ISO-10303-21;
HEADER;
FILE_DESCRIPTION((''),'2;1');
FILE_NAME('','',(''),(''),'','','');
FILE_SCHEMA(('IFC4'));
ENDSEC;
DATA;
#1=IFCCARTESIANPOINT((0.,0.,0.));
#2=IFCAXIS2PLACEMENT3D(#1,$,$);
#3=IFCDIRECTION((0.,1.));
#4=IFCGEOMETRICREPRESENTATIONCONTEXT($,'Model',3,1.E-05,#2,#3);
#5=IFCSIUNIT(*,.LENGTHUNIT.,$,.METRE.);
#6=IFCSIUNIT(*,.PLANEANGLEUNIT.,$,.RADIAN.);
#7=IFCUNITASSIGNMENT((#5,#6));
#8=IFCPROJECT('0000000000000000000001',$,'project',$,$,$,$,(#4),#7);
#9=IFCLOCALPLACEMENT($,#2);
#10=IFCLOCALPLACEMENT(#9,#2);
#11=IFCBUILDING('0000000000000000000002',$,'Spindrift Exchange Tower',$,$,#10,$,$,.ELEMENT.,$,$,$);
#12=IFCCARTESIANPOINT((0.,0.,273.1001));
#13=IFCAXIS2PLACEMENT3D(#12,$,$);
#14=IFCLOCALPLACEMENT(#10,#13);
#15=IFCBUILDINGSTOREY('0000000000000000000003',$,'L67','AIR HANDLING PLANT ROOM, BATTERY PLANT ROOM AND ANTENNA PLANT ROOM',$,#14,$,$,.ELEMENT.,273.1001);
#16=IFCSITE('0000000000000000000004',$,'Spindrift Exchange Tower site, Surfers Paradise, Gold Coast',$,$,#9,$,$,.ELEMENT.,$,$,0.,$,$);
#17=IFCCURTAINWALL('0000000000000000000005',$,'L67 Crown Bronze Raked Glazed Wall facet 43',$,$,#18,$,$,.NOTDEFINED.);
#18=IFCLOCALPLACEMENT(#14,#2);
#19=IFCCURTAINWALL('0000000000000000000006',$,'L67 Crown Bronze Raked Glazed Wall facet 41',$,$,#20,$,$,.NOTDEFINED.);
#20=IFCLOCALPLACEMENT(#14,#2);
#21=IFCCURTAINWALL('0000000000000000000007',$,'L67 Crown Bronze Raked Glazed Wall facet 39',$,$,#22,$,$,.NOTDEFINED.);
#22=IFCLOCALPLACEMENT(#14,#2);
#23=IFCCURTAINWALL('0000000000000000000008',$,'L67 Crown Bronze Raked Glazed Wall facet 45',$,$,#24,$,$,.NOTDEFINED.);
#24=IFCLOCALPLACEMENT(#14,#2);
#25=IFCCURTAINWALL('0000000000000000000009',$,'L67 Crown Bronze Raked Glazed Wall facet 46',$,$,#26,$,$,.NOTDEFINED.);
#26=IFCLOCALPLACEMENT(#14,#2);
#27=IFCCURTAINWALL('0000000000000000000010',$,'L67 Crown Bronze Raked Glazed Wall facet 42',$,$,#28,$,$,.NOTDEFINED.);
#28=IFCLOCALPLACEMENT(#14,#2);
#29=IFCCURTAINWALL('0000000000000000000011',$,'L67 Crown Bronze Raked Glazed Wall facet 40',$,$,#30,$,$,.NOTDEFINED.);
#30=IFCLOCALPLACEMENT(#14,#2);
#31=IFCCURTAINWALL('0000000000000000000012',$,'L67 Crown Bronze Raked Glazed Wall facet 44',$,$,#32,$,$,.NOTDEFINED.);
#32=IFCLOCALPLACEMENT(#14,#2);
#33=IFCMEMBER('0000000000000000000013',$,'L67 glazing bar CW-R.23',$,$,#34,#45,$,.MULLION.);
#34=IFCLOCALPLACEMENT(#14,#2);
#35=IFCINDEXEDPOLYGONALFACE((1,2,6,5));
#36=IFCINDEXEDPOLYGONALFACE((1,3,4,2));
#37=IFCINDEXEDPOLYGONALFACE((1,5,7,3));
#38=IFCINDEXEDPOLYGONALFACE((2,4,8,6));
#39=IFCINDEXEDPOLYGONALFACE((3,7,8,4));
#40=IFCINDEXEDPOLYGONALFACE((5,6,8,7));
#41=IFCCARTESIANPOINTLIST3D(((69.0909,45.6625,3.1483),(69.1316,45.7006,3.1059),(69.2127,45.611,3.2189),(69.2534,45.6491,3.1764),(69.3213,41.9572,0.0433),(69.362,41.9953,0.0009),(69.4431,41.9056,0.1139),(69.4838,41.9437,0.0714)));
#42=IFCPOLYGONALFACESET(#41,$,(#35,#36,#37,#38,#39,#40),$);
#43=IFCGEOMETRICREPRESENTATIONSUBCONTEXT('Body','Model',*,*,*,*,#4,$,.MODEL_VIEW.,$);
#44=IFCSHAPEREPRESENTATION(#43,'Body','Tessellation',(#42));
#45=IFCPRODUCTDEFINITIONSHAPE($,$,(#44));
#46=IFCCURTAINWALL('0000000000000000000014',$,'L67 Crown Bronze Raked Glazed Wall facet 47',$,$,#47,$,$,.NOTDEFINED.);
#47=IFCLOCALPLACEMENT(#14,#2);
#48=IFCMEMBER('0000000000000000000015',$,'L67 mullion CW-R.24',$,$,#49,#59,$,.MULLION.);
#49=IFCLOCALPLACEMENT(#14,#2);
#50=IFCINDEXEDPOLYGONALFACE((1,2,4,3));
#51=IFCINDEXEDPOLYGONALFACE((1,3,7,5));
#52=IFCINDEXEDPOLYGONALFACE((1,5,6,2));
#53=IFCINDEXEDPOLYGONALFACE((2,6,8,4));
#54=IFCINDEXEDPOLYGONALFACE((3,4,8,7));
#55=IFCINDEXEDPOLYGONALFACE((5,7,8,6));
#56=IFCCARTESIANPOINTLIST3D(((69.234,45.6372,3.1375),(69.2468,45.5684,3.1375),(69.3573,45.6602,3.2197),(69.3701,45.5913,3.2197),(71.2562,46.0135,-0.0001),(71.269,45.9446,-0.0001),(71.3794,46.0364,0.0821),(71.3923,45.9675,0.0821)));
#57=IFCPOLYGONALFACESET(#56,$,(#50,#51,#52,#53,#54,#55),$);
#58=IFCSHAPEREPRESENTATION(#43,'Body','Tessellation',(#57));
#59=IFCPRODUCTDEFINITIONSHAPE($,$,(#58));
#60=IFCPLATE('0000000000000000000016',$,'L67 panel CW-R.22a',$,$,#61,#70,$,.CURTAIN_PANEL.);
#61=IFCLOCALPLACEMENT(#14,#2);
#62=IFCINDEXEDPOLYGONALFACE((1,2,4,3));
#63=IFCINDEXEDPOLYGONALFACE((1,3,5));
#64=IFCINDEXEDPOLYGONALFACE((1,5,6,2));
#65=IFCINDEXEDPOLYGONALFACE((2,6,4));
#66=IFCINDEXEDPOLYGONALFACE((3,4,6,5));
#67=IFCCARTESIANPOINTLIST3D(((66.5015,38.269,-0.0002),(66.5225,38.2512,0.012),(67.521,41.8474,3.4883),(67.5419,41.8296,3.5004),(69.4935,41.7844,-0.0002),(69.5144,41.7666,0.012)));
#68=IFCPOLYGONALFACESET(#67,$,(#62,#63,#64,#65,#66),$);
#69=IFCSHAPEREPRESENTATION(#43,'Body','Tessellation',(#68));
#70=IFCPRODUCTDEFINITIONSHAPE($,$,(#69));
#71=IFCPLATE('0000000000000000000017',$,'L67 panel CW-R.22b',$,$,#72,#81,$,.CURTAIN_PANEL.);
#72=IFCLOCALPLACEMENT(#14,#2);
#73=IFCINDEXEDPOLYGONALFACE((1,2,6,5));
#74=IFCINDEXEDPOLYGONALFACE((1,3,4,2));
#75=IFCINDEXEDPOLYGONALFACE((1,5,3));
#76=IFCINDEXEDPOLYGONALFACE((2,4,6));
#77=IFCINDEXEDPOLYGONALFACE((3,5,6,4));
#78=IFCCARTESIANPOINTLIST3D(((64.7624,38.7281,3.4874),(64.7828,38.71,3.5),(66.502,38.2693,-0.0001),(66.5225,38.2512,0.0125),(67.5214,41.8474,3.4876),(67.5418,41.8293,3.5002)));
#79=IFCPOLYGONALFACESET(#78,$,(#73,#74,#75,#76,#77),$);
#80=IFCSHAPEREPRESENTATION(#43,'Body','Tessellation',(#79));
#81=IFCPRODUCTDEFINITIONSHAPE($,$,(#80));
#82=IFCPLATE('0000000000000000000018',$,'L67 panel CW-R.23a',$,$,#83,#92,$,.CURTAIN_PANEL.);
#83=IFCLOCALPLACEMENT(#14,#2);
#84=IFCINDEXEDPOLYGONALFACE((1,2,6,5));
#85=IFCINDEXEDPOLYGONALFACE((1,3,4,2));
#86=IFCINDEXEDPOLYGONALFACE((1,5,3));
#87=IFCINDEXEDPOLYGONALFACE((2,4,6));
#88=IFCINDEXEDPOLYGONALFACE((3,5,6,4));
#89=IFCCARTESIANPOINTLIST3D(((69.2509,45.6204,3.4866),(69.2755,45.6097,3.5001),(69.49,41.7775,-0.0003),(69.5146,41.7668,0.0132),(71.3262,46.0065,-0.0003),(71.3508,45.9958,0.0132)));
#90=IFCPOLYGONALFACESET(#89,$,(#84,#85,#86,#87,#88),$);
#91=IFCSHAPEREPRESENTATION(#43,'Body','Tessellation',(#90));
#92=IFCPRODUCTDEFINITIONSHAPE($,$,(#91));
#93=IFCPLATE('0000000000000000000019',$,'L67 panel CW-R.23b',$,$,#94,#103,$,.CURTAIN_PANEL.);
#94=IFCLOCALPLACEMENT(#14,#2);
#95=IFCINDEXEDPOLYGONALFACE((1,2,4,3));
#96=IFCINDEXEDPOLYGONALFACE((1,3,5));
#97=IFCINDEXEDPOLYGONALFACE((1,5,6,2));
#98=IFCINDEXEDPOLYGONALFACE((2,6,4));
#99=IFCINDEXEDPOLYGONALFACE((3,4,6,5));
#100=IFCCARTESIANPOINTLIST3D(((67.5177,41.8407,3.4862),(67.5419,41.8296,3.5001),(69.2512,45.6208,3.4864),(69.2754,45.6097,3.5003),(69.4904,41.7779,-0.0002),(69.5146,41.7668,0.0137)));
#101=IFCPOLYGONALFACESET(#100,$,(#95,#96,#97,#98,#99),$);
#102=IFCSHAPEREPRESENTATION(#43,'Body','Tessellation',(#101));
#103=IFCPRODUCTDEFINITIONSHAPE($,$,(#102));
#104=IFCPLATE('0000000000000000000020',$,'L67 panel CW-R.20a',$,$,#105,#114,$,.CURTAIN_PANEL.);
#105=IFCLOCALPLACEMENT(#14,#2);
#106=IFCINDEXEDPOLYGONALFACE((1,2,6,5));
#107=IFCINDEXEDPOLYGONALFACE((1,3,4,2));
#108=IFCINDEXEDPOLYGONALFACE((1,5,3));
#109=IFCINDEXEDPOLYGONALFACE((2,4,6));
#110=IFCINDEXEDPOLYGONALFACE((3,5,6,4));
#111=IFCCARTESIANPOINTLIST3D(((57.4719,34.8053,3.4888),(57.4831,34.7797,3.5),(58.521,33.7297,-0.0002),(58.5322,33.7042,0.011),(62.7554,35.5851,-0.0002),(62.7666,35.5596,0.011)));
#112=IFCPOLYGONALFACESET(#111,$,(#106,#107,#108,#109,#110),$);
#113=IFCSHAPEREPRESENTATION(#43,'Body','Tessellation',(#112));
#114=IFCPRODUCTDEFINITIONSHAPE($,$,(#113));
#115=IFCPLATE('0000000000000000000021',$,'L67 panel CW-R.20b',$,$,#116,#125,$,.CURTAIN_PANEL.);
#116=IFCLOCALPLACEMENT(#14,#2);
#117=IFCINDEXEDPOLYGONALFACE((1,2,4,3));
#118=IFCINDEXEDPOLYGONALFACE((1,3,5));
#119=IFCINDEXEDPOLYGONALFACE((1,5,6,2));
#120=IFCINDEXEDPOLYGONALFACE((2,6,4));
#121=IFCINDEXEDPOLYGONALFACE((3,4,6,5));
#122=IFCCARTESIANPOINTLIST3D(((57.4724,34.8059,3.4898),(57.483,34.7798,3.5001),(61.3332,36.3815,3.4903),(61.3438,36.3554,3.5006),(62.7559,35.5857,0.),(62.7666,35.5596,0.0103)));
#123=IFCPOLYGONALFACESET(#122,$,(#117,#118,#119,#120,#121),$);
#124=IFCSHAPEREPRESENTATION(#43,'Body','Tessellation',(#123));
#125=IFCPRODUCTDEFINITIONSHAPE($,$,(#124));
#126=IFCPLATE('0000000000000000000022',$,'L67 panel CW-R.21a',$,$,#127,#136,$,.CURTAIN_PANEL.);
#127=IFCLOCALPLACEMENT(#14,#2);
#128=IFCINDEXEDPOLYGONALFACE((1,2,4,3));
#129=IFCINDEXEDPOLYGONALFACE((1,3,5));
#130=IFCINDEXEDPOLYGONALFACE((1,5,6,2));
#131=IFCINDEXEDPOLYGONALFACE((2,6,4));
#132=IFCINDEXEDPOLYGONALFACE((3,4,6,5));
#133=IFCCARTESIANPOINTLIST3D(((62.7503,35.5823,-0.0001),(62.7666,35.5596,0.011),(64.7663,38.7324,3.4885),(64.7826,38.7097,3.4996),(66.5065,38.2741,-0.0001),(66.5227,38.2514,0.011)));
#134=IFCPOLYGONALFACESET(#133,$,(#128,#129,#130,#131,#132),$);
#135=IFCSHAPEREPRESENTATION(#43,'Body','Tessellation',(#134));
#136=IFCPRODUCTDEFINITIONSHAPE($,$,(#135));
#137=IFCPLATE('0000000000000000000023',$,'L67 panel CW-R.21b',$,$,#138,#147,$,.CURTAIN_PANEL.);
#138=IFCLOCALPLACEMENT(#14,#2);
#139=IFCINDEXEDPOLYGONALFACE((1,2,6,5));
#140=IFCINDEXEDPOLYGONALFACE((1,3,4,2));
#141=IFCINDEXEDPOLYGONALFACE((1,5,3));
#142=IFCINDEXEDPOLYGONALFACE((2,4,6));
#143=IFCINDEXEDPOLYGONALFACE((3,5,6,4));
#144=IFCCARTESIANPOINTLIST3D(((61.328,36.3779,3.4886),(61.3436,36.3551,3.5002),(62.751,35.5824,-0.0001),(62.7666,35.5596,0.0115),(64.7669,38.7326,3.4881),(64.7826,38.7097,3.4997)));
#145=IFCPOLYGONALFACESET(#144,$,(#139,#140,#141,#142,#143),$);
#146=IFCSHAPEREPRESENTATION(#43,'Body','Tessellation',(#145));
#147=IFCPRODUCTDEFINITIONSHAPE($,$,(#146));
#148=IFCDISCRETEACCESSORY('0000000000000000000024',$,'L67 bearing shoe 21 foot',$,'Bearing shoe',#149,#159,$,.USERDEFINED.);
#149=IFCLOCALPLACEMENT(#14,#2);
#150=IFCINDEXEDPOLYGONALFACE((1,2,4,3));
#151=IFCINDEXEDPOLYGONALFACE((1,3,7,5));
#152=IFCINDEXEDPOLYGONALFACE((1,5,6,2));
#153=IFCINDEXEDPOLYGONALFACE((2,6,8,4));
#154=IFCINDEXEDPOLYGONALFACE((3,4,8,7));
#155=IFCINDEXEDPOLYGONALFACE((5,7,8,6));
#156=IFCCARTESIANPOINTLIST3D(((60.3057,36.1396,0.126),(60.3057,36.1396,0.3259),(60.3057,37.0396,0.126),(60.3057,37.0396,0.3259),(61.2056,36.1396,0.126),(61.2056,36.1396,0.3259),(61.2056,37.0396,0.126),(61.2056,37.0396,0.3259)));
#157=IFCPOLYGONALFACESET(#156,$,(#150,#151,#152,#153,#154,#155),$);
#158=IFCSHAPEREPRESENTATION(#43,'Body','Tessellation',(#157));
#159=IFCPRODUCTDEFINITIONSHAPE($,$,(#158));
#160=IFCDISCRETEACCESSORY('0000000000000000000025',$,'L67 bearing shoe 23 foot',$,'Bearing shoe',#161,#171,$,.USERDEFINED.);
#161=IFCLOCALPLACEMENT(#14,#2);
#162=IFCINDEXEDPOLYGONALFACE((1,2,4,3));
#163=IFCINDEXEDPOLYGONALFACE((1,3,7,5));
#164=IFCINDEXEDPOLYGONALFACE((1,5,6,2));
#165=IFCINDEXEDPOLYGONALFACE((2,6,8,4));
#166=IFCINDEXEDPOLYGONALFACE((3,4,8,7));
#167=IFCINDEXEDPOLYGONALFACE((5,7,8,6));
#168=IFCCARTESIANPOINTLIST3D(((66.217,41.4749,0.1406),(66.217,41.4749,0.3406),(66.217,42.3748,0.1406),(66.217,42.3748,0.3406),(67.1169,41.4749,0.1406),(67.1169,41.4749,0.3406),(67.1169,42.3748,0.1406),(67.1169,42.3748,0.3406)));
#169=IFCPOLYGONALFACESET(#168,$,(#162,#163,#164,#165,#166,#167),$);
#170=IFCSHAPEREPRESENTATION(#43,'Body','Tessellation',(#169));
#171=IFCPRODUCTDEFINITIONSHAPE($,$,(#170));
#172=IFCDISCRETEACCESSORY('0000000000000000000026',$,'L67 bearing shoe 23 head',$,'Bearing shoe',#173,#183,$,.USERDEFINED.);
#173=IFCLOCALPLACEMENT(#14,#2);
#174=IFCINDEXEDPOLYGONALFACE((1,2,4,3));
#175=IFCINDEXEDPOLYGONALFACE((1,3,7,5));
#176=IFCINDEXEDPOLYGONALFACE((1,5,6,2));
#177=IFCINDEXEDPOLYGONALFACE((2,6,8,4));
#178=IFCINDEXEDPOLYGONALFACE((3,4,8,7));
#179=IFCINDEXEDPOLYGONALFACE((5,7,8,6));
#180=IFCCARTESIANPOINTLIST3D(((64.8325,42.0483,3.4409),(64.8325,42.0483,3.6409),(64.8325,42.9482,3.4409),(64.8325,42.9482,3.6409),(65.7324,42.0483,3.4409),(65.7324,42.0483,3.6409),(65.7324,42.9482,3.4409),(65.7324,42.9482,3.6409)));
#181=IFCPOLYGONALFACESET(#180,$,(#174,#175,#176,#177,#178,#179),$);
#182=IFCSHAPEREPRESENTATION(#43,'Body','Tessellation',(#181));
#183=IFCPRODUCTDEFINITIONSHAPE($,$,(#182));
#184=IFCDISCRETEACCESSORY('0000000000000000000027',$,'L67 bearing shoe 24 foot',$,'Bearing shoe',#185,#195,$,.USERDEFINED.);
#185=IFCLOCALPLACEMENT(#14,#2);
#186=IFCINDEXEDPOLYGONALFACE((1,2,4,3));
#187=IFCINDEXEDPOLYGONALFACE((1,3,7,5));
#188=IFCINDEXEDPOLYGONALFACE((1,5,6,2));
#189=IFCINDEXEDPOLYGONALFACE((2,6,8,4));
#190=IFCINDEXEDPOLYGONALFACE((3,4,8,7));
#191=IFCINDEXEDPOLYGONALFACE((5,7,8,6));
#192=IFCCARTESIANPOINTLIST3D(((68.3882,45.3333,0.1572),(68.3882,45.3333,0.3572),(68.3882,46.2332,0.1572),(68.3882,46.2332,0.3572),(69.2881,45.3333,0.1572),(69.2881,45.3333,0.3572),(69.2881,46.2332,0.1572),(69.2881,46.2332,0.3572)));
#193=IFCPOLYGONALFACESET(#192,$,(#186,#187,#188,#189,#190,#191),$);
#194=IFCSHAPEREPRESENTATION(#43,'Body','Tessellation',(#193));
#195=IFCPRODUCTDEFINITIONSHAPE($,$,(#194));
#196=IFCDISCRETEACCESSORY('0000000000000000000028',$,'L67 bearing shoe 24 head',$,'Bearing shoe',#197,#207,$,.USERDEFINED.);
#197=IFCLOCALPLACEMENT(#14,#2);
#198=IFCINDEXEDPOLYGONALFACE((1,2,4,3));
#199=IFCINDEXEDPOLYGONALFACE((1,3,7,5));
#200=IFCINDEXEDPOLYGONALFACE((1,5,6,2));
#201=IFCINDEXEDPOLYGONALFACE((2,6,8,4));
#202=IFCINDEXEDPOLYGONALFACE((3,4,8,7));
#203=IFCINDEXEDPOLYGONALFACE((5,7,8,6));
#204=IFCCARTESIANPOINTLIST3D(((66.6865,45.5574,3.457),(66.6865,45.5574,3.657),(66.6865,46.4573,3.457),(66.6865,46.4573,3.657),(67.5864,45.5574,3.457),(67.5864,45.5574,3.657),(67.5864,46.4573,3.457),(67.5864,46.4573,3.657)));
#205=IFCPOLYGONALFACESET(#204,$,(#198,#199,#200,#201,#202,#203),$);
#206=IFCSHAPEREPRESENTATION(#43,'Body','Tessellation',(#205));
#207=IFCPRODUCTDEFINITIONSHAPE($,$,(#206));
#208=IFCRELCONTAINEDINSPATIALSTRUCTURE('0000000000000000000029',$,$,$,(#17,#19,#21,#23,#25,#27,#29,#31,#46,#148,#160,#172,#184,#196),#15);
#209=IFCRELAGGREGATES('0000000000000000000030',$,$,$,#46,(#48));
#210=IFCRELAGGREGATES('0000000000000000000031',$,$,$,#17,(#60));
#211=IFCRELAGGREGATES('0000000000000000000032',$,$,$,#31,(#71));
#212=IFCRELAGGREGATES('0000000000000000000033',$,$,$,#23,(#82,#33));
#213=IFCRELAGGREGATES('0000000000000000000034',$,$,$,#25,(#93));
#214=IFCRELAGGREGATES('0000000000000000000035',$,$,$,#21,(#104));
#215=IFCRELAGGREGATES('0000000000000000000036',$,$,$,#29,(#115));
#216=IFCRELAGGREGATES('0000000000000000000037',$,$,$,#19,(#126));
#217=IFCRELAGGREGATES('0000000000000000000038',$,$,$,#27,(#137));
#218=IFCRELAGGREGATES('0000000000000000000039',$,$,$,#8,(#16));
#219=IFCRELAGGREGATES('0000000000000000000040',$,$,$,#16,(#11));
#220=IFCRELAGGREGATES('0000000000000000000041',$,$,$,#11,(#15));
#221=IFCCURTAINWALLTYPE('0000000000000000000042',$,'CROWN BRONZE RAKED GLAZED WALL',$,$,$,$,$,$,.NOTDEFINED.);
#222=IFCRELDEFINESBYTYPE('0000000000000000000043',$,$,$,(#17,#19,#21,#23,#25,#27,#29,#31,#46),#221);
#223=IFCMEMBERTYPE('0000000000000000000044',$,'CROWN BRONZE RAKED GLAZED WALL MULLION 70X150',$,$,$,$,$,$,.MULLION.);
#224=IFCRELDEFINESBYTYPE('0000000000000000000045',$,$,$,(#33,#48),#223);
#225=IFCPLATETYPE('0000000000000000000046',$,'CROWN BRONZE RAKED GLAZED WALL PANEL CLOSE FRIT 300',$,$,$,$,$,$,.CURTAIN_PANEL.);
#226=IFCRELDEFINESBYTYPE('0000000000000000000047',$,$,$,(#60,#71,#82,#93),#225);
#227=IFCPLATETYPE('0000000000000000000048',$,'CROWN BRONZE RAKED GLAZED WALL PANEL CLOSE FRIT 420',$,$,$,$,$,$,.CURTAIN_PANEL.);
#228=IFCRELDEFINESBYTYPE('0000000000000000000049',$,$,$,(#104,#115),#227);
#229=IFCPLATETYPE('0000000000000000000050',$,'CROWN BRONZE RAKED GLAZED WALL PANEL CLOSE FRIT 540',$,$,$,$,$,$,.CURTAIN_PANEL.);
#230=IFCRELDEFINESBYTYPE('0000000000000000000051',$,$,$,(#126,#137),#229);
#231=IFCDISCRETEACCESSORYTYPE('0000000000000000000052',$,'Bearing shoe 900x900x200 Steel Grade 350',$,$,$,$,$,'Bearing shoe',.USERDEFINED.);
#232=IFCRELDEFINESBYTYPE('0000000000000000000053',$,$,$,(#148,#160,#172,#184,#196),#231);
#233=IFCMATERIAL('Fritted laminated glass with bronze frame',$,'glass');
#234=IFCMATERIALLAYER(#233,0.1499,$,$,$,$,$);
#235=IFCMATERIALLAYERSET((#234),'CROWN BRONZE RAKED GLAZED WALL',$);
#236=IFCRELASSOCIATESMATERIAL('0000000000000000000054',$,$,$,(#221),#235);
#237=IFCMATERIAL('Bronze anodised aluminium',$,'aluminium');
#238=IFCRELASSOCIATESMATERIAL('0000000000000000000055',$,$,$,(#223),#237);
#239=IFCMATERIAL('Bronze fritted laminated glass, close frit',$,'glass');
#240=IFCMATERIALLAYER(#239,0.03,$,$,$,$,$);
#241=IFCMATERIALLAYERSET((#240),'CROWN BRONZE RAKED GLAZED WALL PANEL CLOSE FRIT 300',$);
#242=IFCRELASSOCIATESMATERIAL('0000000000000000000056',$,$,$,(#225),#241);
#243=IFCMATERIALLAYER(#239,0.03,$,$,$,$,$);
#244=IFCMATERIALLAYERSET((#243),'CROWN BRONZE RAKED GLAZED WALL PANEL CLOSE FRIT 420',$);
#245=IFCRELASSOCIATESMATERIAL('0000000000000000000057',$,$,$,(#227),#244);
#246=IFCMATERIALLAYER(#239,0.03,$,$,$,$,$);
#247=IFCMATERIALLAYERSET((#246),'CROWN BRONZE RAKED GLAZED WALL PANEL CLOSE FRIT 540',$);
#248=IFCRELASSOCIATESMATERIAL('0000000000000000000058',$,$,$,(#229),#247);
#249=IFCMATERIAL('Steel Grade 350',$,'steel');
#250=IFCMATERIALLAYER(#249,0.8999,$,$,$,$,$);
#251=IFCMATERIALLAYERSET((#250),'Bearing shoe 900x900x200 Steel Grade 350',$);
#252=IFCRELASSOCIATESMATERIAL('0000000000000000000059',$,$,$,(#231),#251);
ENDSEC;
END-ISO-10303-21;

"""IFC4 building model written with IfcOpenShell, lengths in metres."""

from ifc_helpers import new_model, si_unit, direction, frame, origin, origin_2d, place, context, subcontext, project, spatial, line, indexed_curve, rectangle, outline, extrude, source, transform, mapped, material, layer, layer_set, material_profile, profile_set, type_object, element, aggregate, save


model = new_model("IFC4")

# Units and contexts
model_context = context("Model", 3, precision=1e-05, world=origin(), true_north=direction((0.0, 1.0)))
body_context = subcontext(model_context, "Body", "Model", "MODEL_VIEW")
ifc_project = project(units=[si_unit("LENGTHUNIT", "METRE"), si_unit("PLANEANGLEUNIT", "RADIAN")], contexts=[model_context])

# Site, building, storey
site_placement = place(None, origin())
site = spatial("IfcSite", under=ifc_project, at=site_placement, Name="Spindrift Exchange Tower site, Surfers Paradise, Gold Coast", CompositionType="ELEMENT", RefElevation=0.0)
building_placement = place(site_placement, origin())
building = spatial("IfcBuilding", under=site, at=building_placement, Name="Spindrift Exchange Tower", CompositionType="ELEMENT")
storey_placement = place(building_placement, frame((0.0, 0.0, 273.1001)))
storey = spatial("IfcBuildingStorey", under=building, at=storey_placement, Name="L67", Description="AIR HANDLING PLANT ROOM, BATTERY PLANT ROOM AND ANTENNA PLANT ROOM", CompositionType="ELEMENT", Elevation=273.1001)

# Curtain walls
ifc_material_1 = material(Name="Fritted laminated glass with bronze frame", Category="glass")
ifc_layer_1 = layer(ifc_material_1, 0.1499)
ifc_layer_set_1 = layer_set([ifc_layer_1], Name="CROWN BRONZE RAKED GLAZED WALL")
curtain_wall_type = type_object("IfcCurtainWallType", Name="CROWN BRONZE RAKED GLAZED WALL", PredefinedType="NOTDEFINED", material=ifc_layer_set_1)
curtain_wall_1_placement = place(storey_placement, origin())
curtain_wall_1 = element("IfcCurtainWall", 1, at=curtain_wall_1_placement, inside=storey, type_object=curtain_wall_type, Name="L67 Crown Bronze Raked Glazed Wall facet 43", PredefinedType="NOTDEFINED")
ifc_material_2 = material(Name="Bronze anodised aluminium", Category="aluminium")
curtain_wall_2_placement = place(storey_placement, origin())
curtain_wall_2 = element("IfcCurtainWall", 2, at=curtain_wall_2_placement, inside=storey, type_object=curtain_wall_type, Name="L67 Crown Bronze Raked Glazed Wall facet 41", PredefinedType="NOTDEFINED")
curtain_wall_3_placement = place(storey_placement, origin())
curtain_wall_3 = element("IfcCurtainWall", 3, at=curtain_wall_3_placement, inside=storey, type_object=curtain_wall_type, Name="L67 Crown Bronze Raked Glazed Wall facet 39", PredefinedType="NOTDEFINED")
curtain_wall_4_placement = place(storey_placement, origin())
curtain_wall_4 = element("IfcCurtainWall", 4, at=curtain_wall_4_placement, inside=storey, type_object=curtain_wall_type, Name="L67 Crown Bronze Raked Glazed Wall facet 45", PredefinedType="NOTDEFINED")
curtain_wall_5_placement = place(storey_placement, origin())
curtain_wall_5 = element("IfcCurtainWall", 5, at=curtain_wall_5_placement, inside=storey, type_object=curtain_wall_type, Name="L67 Crown Bronze Raked Glazed Wall facet 46", PredefinedType="NOTDEFINED")
curtain_wall_6_placement = place(storey_placement, origin())
curtain_wall_6 = element("IfcCurtainWall", 6, at=curtain_wall_6_placement, inside=storey, type_object=curtain_wall_type, Name="L67 Crown Bronze Raked Glazed Wall facet 42", PredefinedType="NOTDEFINED")

# Curtain wall
curtain_wall_7_placement = place(storey_placement, origin())
curtain_wall_7 = element("IfcCurtainWall", 7, at=curtain_wall_7_placement, inside=storey, type_object=curtain_wall_type, Name="L67 Crown Bronze Raked Glazed Wall facet 40", PredefinedType="NOTDEFINED")
ifc_material_profile_1 = material_profile(ifc_material_2, rectangle(XDim=0.0701, YDim=0.1499, at=origin_2d()), Name="CROWN BRONZE RAKED GLAZED WALL MULLION 70X150")
ifc_profile_set_1 = profile_set([ifc_material_profile_1], Name="Bronze anodised aluminium")
member_type_1 = type_object("IfcMemberType", Name="CROWN BRONZE RAKED GLAZED WALL MULLION 70X150", PredefinedType="MULLION", material=ifc_profile_set_1)

# Curtain wall
curtain_wall_8_placement = place(storey_placement, origin())
curtain_wall_8 = element("IfcCurtainWall", 8, at=curtain_wall_8_placement, inside=storey, type_object=curtain_wall_type, Name="L67 Crown Bronze Raked Glazed Wall facet 44", PredefinedType="NOTDEFINED")

# Member
shared_shape_1 = source(origin(), body_context, "Body", "SweptSolid", [
    extrude(rectangle(XDim=0.0701, YDim=0.1499, at=origin_2d()), origin(), (0.0, 0.0, 1.0), 4.8398),
])
member_1_placement = place(storey_placement, frame((69.4026, 41.9504, 0.0574), z_axis=(-0.04762, 0.765598, 0.641555), x_axis=(-0.580901, -0.543726, 0.605737)))
member_1 = element("IfcMember", 9, at=member_1_placement, type_object=member_type_1, Name="L67 glazing bar CW-R.23", PredefinedType="MULLION", context=body_context, shape_type="MappedRepresentation", body=[
    mapped(shared_shape_1, transform((0.0, 0.0, 0.0), scale=1.0)),
])

# Curtain wall, member
curtain_wall_9_placement = place(storey_placement, origin())
curtain_wall_9 = element("IfcCurtainWall", 10, at=curtain_wall_9_placement, inside=storey, type_object=curtain_wall_type, Name="L67 Crown Bronze Raked Glazed Wall facet 47", PredefinedType="NOTDEFINED")
shared_shape_2 = source(origin(), body_context, "Body", "SweptSolid", [
    extrude(rectangle(XDim=0.0701, YDim=0.1499, at=origin_2d()), origin(), (0.0, 0.0, 1.0), 3.7517),
])
member_2_placement = place(storey_placement, frame((71.3242, 45.9905, 0.041), z_axis=(-0.538998, -0.100277, 0.836316), x_axis=(0.182905, -0.983131, 0.0)))
member_2 = element("IfcMember", 11, at=member_2_placement, type_object=member_type_1, Name="L67 mullion CW-R.24", PredefinedType="MULLION", context=body_context, shape_type="MappedRepresentation", body=[
    mapped(shared_shape_2, transform((0.0, 0.0, 0.0), scale=1.0)),
])
aggregate(curtain_wall_9, [member_2])

# Plates
ifc_material_3 = material(Name="Bronze fritted laminated glass, close frit", Category="glass")
ifc_layer_2 = layer(ifc_material_3, 0.03)
ifc_layer_set_2 = layer_set([ifc_layer_2], Name="CROWN BRONZE RAKED GLAZED WALL PANEL CLOSE FRIT 300")
plate_type_1 = type_object("IfcPlateType", Name="CROWN BRONZE RAKED GLAZED WALL PANEL CLOSE FRIT 300", PredefinedType="CURTAIN_PANEL", material=ifc_layer_set_2)
plate_1_placement = place(storey_placement, frame((66.5225, 38.2512, 0.012), z_axis=(0.696441, -0.592748, 0.4045), x_axis=(0.64814, 0.761522, 0.0)))
plate_1 = element("IfcPlate", 12, at=plate_1_placement, type_object=plate_type_1, Name="L67 panel CW-R.22a", PredefinedType="CURTAIN_PANEL", context=body_context, shape_type="SweptSolid", body=[
    extrude(outline(indexed_curve([(0.0, 0.0), (4.6162, 0.0), (3.3857, 3.8145)], segments=[line(1, 2, 3, 1)], self_intersect=False)), origin(), (0.0, 0.0, -1.0), 0.03),
])
aggregate(curtain_wall_1, [plate_1])
plate_2_placement = place(storey_placement, frame((66.5225, 38.2512, 0.0125), z_axis=(0.680273, -0.601735, 0.418501), x_axis=(0.199886, 0.701637, 0.683923)))
plate_2 = element("IfcPlate", 13, at=plate_2_placement, type_object=plate_type_1, Name="L67 panel CW-R.22b", PredefinedType="CURTAIN_PANEL", context=body_context, shape_type="SweptSolid", body=[
    extrude(outline(indexed_curve([(0.0, 0.0), (5.0996, 0.0), (2.3594, 3.1357)], segments=[line(1, 2, 3, 1)], self_intersect=False)), origin(), (0.0, 0.0, -1.0), 0.03),
])
aggregate(curtain_wall_8, [plate_2])
plate_3_placement = place(storey_placement, frame((69.5146, 41.7668, 0.0132), z_axis=(0.819831, -0.355955, 0.448523), x_axis=(0.398261, 0.917272, 0.0)))
plate_3 = element("IfcPlate", 14, at=plate_3_placement, type_object=plate_type_1, Name="L67 panel CW-R.23a", PredefinedType="CURTAIN_PANEL", context=body_context, shape_type="SweptSolid", body=[
    extrude(outline(indexed_curve([(0.0, 0.0), (4.6104, 0.0), (3.4297, 3.9014)], segments=[line(1, 2, 3, 1)], self_intersect=False)), origin(), (0.0, 0.0, -1.0), 0.03),
])
aggregate(curtain_wall_4, [plate_3, member_1])
plate_4_placement = place(storey_placement, frame((69.5146, 41.7668, 0.0137), z_axis=(0.805852, -0.369565, 0.462628), x_axis=(-0.046065, 0.739814, 0.671233)))
plate_4 = element("IfcPlate", 15, at=plate_4_placement, type_object=plate_type_1, Name="L67 panel CW-R.23b", PredefinedType="CURTAIN_PANEL", context=body_context, shape_type="SweptSolid", body=[
    extrude(outline(indexed_curve([(0.0, 0.0), (5.1943, 0.0), (2.4775, 3.1484)], segments=[line(1, 2, 3, 1)], self_intersect=False)), origin(), (0.0, 0.0, -1.0), 0.03),
])
aggregate(curtain_wall_5, [plate_4])
ifc_layer_3 = layer(ifc_material_3, 0.03)
ifc_layer_set_3 = layer_set([ifc_layer_3], Name="CROWN BRONZE RAKED GLAZED WALL PANEL CLOSE FRIT 420")
plate_type_2 = type_object("IfcPlateType", Name="CROWN BRONZE RAKED GLAZED WALL PANEL CLOSE FRIT 420", PredefinedType="CURTAIN_PANEL", material=ifc_layer_set_3)
plate_5_placement = place(storey_placement, frame((62.7666, 35.5596, 0.011), z_axis=(0.372232, -0.849536, 0.373806), x_axis=(-0.915935, -0.401326, 0.0)))
plate_5 = element("IfcPlate", 16, at=plate_5_placement, type_object=plate_type_2, Name="L67 panel CW-R.20a", PredefinedType="CURTAIN_PANEL", context=body_context, shape_type="SweptSolid", body=[
    extrude(outline(indexed_curve([(0.0, 0.0), (4.623, 0.0), (5.1523, -3.7617)], segments=[line(1, 2, 3, 1)], self_intersect=False)), origin(), (0.0, 0.0, -1.0), 0.03),
])
aggregate(curtain_wall_3, [plate_5])
plate_6_placement = place(storey_placement, frame((62.7666, 35.5596, 0.0103), z_axis=(0.354896, -0.869724, 0.34297), x_axis=(-0.828159, -0.122228, 0.547004)))
plate_6 = element("IfcPlate", 17, at=plate_6_placement, type_object=plate_type_2, Name="L67 panel CW-R.20b", PredefinedType="CURTAIN_PANEL", context=body_context, shape_type="SweptSolid", body=[
    extrude(outline(indexed_curve([(0.0, 0.0), (6.3799, 0.0), (2.9902, -2.4287)], segments=[line(1, 2, 3, 1)], self_intersect=False)), origin(), (0.0, 0.0, -1.0), 0.03),
])
aggregate(curtain_wall_7, [plate_6])
ifc_layer_4 = layer(ifc_material_3, 0.03)
ifc_layer_set_4 = layer_set([ifc_layer_4], Name="CROWN BRONZE RAKED GLAZED WALL PANEL CLOSE FRIT 540")
plate_type_3 = type_object("IfcPlateType", Name="CROWN BRONZE RAKED GLAZED WALL PANEL CLOSE FRIT 540", PredefinedType="CURTAIN_PANEL", material=ifc_layer_set_4)
plate_7_placement = place(storey_placement, frame((62.7666, 35.5596, 0.011), z_axis=(0.541345, -0.755379, 0.369252), x_axis=(0.812822, 0.582512, 0.0)))
plate_7 = element("IfcPlate", 18, at=plate_7_placement, type_object=plate_type_3, Name="L67 panel CW-R.21a", PredefinedType="CURTAIN_PANEL", context=body_context, shape_type="SweptSolid", body=[
    extrude(outline(indexed_curve([(0.0, 0.0), (4.6211, 0.0), (3.4736, 3.7539)], segments=[line(1, 2, 3, 1)], self_intersect=False)), origin(), (0.0, 0.0, -1.0), 0.03),
])
aggregate(curtain_wall_2, [plate_7])
plate_8_placement = place(storey_placement, frame((62.7666, 35.5596, 0.0115), z_axis=(0.521181, -0.761103, 0.386126), x_axis=(0.394185, 0.615956, 0.682067)))
plate_8 = element("IfcPlate", 19, at=plate_8_placement, type_object=plate_type_3, Name="L67 panel CW-R.21b", PredefinedType="CURTAIN_PANEL", context=body_context, shape_type="SweptSolid", body=[
    extrude(outline(indexed_curve([(0.0, 0.0), (5.1143, 0.0), (2.3086, 3.082)], segments=[line(1, 2, 3, 1)], self_intersect=False)), origin(), (0.0, 0.0, -1.0), 0.03),
])
aggregate(curtain_wall_6, [plate_8])

# Discrete accessories
ifc_material_4 = material(Name="Steel Grade 350", Category="steel")
ifc_layer_5 = layer(ifc_material_4, 0.8999)
ifc_layer_set_5 = layer_set([ifc_layer_5], Name="Bearing shoe 900x900x200 Steel Grade 350")
discrete_accessory_type = type_object("IfcDiscreteAccessoryType", Name="Bearing shoe 900x900x200 Steel Grade 350", ElementType="Bearing shoe", PredefinedType="USERDEFINED", material=ifc_layer_set_5)
shared_shape_3 = source(origin(), body_context, "Body", "SweptSolid", [
    extrude(rectangle(XDim=0.8999, YDim=0.8999, at=origin_2d()), origin(), (0.0, 0.0, 1.0), 0.2),
])
for number, where, z_axis, x_axis, name in (
    (20, (60.7556, 36.5896, 0.126), (0.0, 0.0, 1.0), (1.0, 0.0, 0.0), "L67 bearing shoe 21 foot"),
    (21, (66.667, 41.9248, 0.1406), (0.0, 0.0, 1.0), (1.0, 0.0, 0.0), "L67 bearing shoe 23 foot"),
    (22, (65.2825, 42.4983, 3.4409), (0.0, 0.0, 1.0), (1.0, 0.0, 0.0), "L67 bearing shoe 23 head"),
    (23, (68.8381, 45.7832, 0.1572), (0.0, 0.0, 1.0), (1.0, 0.0, 0.0), "L67 bearing shoe 24 foot"),
    (24, (67.1365, 46.0073, 3.457), (0.0, 0.0, 1.0), (1.0, 0.0, 0.0), "L67 bearing shoe 24 head"),
):
    element("IfcDiscreteAccessory", number, at=place(storey_placement, frame(where, z_axis=z_axis, x_axis=x_axis)), inside=storey, type_object=discrete_accessory_type, Name=name, ObjectType="Bearing shoe", PredefinedType="USERDEFINED", context=body_context, shape_type="MappedRepresentation", body=[
        mapped(shared_shape_3, transform((0.0, 0.0, 0.0), scale=1.0)),
    ])

save(model, "model.ifc")
